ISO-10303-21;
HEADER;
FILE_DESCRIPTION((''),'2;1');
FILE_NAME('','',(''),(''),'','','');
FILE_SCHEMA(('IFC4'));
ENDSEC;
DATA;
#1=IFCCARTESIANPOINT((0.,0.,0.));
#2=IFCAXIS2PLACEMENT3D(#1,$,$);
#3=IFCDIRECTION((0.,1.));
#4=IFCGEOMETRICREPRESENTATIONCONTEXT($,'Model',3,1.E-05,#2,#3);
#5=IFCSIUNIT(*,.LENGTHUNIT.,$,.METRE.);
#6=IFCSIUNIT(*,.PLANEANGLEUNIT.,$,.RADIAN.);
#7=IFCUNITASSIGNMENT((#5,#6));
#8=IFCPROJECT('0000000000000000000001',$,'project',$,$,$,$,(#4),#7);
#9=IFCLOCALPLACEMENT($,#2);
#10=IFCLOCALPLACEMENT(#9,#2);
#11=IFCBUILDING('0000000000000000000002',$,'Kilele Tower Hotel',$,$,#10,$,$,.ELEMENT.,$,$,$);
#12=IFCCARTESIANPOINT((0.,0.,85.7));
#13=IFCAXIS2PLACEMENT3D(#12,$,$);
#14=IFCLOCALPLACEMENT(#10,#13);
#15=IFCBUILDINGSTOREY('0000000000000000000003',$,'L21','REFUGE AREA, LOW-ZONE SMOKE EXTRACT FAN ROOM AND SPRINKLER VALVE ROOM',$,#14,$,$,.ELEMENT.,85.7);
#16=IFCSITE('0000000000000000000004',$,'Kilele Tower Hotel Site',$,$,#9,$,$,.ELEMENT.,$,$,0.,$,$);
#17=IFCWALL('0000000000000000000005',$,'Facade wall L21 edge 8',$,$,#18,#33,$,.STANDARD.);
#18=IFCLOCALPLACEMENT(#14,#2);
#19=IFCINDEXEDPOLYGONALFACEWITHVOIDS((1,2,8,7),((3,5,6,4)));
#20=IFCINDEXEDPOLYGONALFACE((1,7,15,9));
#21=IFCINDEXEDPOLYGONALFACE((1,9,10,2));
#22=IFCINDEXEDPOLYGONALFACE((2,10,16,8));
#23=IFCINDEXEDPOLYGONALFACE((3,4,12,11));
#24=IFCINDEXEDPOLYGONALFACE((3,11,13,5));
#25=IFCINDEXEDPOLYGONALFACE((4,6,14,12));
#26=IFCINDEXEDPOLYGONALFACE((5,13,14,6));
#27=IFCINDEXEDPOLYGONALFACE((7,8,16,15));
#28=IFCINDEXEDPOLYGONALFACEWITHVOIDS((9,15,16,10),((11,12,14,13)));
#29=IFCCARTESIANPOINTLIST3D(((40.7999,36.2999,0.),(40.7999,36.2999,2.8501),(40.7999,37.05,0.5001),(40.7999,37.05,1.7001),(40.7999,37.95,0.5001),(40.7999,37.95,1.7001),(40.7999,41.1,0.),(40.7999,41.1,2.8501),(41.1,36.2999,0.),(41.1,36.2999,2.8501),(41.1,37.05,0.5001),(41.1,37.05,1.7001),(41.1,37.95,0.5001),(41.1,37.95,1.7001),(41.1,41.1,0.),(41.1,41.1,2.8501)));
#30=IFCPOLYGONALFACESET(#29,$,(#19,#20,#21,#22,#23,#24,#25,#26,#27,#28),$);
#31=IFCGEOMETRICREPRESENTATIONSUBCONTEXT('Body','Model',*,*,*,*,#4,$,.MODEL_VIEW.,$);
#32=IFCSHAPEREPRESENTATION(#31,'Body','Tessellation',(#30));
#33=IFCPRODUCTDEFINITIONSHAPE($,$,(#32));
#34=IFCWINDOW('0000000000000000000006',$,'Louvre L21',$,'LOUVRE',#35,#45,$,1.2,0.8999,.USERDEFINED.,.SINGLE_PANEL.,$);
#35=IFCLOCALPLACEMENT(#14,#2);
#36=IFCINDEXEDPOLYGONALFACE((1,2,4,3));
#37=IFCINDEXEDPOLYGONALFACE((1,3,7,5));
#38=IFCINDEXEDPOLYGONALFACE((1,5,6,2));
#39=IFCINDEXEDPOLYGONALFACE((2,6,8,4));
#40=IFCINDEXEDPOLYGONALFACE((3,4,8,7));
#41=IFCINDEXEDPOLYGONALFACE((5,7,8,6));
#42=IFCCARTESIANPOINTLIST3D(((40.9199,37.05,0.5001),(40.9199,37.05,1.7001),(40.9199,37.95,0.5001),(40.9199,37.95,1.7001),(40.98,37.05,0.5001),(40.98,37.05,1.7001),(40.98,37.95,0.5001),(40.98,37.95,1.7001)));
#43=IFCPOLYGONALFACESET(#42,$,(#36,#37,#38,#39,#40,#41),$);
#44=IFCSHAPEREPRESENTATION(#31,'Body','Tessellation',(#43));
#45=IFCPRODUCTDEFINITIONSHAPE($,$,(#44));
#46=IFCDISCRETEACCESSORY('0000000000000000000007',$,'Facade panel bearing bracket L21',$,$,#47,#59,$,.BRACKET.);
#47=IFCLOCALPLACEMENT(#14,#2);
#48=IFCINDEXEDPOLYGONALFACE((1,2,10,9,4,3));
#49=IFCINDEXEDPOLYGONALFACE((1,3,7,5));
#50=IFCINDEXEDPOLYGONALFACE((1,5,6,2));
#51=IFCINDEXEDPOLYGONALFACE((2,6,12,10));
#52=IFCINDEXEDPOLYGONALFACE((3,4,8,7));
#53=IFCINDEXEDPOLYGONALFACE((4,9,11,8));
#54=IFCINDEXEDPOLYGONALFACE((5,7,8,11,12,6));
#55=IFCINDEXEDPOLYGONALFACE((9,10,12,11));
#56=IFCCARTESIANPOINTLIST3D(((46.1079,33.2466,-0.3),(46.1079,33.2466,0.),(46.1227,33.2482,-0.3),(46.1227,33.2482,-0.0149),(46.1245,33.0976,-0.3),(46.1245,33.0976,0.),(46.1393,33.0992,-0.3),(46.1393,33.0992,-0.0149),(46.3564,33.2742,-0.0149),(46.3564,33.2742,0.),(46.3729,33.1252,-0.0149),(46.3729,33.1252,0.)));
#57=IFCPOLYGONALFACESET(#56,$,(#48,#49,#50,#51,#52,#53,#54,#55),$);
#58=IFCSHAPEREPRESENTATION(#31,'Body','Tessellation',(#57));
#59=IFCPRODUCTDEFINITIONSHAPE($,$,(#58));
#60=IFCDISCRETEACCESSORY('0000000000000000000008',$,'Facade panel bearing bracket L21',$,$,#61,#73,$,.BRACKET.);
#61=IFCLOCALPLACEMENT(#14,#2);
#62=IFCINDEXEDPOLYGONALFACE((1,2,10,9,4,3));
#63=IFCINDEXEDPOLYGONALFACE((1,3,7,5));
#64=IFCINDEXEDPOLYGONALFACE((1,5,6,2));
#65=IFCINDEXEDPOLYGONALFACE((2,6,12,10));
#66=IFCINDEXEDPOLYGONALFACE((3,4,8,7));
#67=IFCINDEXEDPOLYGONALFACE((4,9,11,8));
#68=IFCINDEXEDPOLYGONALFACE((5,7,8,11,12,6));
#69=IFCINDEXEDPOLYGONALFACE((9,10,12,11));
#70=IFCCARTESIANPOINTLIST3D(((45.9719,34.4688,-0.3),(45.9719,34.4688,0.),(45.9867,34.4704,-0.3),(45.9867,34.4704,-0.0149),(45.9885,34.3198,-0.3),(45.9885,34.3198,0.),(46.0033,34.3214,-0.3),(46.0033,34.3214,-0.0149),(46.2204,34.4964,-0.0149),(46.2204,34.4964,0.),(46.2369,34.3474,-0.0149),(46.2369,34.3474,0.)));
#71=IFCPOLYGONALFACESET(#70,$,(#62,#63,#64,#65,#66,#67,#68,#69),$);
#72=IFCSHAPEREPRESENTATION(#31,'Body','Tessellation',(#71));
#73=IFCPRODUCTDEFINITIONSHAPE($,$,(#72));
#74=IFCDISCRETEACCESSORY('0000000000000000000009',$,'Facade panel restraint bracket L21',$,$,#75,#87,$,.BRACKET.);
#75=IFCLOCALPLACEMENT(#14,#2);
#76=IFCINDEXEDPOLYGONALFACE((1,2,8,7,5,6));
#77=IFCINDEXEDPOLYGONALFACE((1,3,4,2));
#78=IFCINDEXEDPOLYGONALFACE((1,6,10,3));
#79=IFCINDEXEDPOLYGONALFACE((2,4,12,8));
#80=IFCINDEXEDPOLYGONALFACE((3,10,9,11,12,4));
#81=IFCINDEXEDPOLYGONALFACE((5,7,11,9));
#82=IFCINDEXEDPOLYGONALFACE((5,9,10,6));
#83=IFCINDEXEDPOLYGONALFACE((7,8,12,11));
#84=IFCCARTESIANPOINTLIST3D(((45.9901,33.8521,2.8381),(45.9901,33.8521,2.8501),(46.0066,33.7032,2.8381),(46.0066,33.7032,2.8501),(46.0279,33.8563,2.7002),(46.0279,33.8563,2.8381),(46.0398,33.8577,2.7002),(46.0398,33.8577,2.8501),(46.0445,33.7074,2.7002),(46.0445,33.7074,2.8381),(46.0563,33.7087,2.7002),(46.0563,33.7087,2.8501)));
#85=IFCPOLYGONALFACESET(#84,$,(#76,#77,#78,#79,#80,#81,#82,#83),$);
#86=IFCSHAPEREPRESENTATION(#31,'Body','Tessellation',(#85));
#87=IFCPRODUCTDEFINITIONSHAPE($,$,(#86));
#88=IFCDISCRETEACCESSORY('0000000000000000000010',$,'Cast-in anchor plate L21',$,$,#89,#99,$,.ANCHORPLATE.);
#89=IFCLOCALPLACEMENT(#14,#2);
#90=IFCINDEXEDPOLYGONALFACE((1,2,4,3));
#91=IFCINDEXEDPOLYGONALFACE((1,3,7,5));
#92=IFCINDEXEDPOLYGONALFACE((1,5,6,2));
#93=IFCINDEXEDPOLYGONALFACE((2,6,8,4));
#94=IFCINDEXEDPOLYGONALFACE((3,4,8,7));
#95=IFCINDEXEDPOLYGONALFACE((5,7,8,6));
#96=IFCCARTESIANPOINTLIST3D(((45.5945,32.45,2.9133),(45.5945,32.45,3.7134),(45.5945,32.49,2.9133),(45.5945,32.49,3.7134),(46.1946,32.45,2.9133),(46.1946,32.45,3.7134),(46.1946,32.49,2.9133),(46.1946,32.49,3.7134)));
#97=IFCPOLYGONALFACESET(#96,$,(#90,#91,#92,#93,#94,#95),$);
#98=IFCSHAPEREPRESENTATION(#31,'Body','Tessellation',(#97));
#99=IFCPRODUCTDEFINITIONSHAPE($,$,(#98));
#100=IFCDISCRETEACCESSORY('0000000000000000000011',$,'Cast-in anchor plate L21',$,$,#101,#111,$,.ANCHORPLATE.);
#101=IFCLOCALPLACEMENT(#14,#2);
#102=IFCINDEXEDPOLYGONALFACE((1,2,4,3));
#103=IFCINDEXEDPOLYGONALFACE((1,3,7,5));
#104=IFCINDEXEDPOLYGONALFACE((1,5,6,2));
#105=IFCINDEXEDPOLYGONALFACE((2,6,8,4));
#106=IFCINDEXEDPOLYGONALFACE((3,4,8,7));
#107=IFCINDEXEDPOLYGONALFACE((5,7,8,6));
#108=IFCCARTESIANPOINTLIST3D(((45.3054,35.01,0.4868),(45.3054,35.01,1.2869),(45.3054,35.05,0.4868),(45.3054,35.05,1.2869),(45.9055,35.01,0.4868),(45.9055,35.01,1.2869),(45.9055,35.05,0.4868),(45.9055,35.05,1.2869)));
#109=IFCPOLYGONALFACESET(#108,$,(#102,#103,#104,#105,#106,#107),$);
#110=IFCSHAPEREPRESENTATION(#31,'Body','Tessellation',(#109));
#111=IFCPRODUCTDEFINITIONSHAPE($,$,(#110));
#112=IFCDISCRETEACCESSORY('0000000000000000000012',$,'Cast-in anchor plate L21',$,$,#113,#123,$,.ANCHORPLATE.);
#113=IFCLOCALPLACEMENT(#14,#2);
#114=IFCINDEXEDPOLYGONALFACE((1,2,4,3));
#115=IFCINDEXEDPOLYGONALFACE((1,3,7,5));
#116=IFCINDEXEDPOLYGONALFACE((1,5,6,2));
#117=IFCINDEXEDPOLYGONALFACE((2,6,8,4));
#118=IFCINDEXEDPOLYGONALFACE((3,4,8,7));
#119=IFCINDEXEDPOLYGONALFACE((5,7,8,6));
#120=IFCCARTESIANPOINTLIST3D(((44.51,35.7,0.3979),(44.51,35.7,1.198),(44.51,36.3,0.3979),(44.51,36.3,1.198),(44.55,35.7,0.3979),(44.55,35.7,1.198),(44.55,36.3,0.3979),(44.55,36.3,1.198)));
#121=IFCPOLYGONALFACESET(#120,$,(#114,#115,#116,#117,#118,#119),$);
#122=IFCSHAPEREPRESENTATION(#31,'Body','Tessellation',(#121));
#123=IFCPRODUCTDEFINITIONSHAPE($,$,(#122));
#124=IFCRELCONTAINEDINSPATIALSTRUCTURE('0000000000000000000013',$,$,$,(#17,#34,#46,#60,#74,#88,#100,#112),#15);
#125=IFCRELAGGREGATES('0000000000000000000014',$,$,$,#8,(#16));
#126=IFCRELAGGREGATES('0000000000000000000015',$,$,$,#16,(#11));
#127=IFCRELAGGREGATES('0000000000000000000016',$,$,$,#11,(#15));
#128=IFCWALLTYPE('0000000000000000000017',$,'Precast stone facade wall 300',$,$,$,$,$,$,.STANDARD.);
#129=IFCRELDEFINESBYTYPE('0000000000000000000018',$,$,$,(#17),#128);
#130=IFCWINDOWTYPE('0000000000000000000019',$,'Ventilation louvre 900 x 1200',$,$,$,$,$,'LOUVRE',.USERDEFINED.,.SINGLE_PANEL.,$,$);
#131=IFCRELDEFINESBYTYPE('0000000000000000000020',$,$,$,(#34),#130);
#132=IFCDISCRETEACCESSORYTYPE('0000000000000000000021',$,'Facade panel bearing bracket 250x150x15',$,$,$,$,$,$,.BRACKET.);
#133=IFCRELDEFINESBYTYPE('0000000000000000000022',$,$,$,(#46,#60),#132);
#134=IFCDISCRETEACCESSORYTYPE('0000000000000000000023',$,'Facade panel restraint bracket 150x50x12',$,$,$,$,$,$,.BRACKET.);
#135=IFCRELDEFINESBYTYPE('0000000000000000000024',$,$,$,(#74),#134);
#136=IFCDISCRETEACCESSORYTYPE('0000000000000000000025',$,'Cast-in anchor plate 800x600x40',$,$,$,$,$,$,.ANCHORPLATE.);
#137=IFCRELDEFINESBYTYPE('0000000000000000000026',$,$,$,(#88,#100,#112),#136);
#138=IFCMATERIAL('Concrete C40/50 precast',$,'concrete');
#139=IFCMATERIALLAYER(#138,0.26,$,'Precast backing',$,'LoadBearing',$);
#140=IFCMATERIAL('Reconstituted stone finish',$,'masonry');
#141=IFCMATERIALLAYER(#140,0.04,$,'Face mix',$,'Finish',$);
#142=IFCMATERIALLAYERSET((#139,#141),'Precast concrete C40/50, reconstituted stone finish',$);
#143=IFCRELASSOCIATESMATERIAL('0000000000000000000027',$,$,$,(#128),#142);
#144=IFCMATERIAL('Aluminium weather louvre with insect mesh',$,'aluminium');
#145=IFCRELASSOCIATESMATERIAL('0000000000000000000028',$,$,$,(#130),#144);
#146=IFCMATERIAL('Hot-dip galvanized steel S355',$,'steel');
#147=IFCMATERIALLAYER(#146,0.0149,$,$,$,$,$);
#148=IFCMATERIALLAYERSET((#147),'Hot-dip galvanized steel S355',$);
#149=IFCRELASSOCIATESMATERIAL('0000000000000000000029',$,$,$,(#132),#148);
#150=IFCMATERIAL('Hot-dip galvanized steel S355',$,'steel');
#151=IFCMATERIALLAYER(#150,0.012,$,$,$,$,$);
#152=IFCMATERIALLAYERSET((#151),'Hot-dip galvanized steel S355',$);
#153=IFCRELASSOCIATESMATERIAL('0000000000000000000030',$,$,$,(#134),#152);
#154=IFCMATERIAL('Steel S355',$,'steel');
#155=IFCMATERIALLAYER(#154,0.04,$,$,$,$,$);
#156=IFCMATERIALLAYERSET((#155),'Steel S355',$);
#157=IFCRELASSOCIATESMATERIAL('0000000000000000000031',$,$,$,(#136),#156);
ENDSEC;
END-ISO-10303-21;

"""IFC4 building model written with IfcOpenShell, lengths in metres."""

from ifc_helpers import new_model, si_unit, direction, frame, frame_2d, origin, place, context, subcontext, project, spatial, polyline, rectangle, outline, extrude, source, transform, mapped, material, layer, layer_set, type_object, element, fill, save


model = new_model("IFC4")

# Units and contexts
model_context = context("Model", 3, precision=1e-05, world=origin(), true_north=direction((0.0, 1.0)))
body_context = subcontext(model_context, "Body", "Model", "MODEL_VIEW")
ifc_project = project(units=[si_unit("LENGTHUNIT", "METRE"), si_unit("PLANEANGLEUNIT", "RADIAN")], contexts=[model_context])

# Site, building, storey
site_placement = place(None, origin())
site = spatial("IfcSite", under=ifc_project, at=site_placement, Name="Kilele Tower Hotel Site", CompositionType="ELEMENT", RefElevation=0.0)
building_placement = place(site_placement, origin())
building = spatial("IfcBuilding", under=site, at=building_placement, Name="Kilele Tower Hotel", CompositionType="ELEMENT")
storey_placement = place(building_placement, frame((0.0, 0.0, 85.7)))
storey = spatial("IfcBuildingStorey", under=building, at=storey_placement, Name="L21", Description="REFUGE AREA, LOW-ZONE SMOKE EXTRACT FAN ROOM AND SPRINKLER VALVE ROOM", CompositionType="ELEMENT", Elevation=85.7)

# Wall, opening, window
ifc_material_1 = material(Name="Concrete C40/50 precast", Category="concrete")
ifc_layer_1 = layer(ifc_material_1, 0.26, Name="Precast backing", Category="LoadBearing")
ifc_material_2 = material(Name="Reconstituted stone finish", Category="masonry")
ifc_layer_2 = layer(ifc_material_2, 0.04, Name="Face mix", Category="Finish")
ifc_layer_set_1 = layer_set([ifc_layer_1, ifc_layer_2], Name="Precast concrete C40/50, reconstituted stone finish")
wall_type = type_object("IfcWallType", Name="Precast stone facade wall 300", PredefinedType="STANDARD", material=ifc_layer_set_1)
wall_placement = place(storey_placement, frame((40.95, 36.3, 0.0), z_axis=(0.0, 0.0, 1.0), x_axis=(0.0, 1.0, 0.0)))
wall = element("IfcWall", 1, at=wall_placement, inside=storey, type_object=wall_type, Name="Facade wall L21 edge 8", PredefinedType="STANDARD", context=body_context, shape_type="SweptSolid", body=[
    extrude(rectangle(XDim=4.8, YDim=0.3, at=frame_2d((2.3999, 0.0))), origin(), (0.0, 0.0, 1.0), 2.8501),
])
opening_placement = place(wall_placement, frame((0.75, 0.0, 0.5)))
opening = element("IfcOpeningElement", 2, at=opening_placement, cuts=wall, PredefinedType="OPENING", context=body_context, shape_type="SweptSolid", body=[
    extrude(rectangle(XDim=0.8999, YDim=1.2, at=frame_2d((0.45, 0.6001))), frame((0.0, 0.1599, 0.0), z_axis=(0.0, -1.0, 0.0), x_axis=(1.0, 0.0, 0.0)), (0.0, 0.0, 1.0), 0.3201),
])
ifc_material_3 = material(Name="Aluminium weather louvre with insect mesh", Category="aluminium")
window_type = type_object("IfcWindowType", Name="Ventilation louvre 900 x 1200", ElementType="LOUVRE", PartitioningType="SINGLE_PANEL", PredefinedType="USERDEFINED", material=ifc_material_3)
window_placement = place(opening_placement, origin())
window = element("IfcWindow", 3, at=window_placement, inside=storey, type_object=window_type, Name="Louvre L21", ObjectType="LOUVRE", OverallHeight=1.2, OverallWidth=0.8999, PartitioningType="SINGLE_PANEL", PredefinedType="USERDEFINED", context=body_context, shape_type="SweptSolid", body=[
    extrude(rectangle(XDim=0.8999, YDim=1.2, at=frame_2d((0.45, 0.6001))), frame((0.0, 0.03, 0.0), z_axis=(0.0, -1.0, 0.0), x_axis=(1.0, 0.0, 0.0)), (0.0, 0.0, 1.0), 0.0601),
])
fill(opening, window)

# Discrete accessories
ifc_material_4 = material(Name="Hot-dip galvanized steel S355", Category="steel")
ifc_layer_3 = layer(ifc_material_4, 0.0149)
ifc_layer_set_2 = layer_set([ifc_layer_3], Name="Hot-dip galvanized steel S355")
discrete_accessory_type_1 = type_object("IfcDiscreteAccessoryType", Name="Facade panel bearing bracket 250x150x15", PredefinedType="BRACKET", material=ifc_layer_set_2)
shared_shape_1 = source(origin(), body_context, "Body", "SweptSolid", [
    extrude(outline(polyline([(0.0, 0.0), (0.25, 0.0), (0.25, -0.0149), (0.0149, -0.0149), (0.0149, -0.3), (0.0, -0.3), (0.0, 0.0)])), origin(), (0.0, 0.0, 1.0), 0.1499),
])
for number, where, z_axis, x_axis, name in (
    (4, (46.1079, 33.2466, 0.0), (0.110432, -0.993884, 0.0), (0.993884, 0.110432, 0.0), "Facade panel bearing bracket L21"),
    (5, (45.9719, 34.4688, 0.0), (0.110432, -0.993884, 0.0), (0.993884, 0.110432, 0.0), "Facade panel bearing bracket L21"),
):
    element("IfcDiscreteAccessory", number, at=place(storey_placement, frame(where, z_axis=z_axis, x_axis=x_axis)), inside=storey, type_object=discrete_accessory_type_1, Name=name, PredefinedType="BRACKET", context=body_context, shape_type="MappedRepresentation", body=[
        mapped(shared_shape_1, transform((0.0, 0.0, 0.0))),
    ])
ifc_material_5 = material(Name="Hot-dip galvanized steel S355", Category="steel")
ifc_layer_4 = layer(ifc_material_5, 0.012)
ifc_layer_set_3 = layer_set([ifc_layer_4], Name="Hot-dip galvanized steel S355")
discrete_accessory_type_2 = type_object("IfcDiscreteAccessoryType", Name="Facade panel restraint bracket 150x50x12", PredefinedType="BRACKET", material=ifc_layer_set_3)
shared_shape_2 = source(origin(), body_context, "Body", "SweptSolid", [
    extrude(outline(polyline([(0.0, 0.0), (0.0, -0.1499), (-0.012, -0.1499), (-0.012, -0.012), (-0.05, -0.012), (-0.05, 0.0), (0.0, 0.0)])), origin(), (0.0, 0.0, 1.0), 0.1499),
])
discrete_accessory_placement = place(storey_placement, frame((46.0398, 33.8577, 2.8501), z_axis=(0.110432, -0.993884, 0.0), x_axis=(0.993884, 0.110432, 0.0)))
element("IfcDiscreteAccessory", 6, at=discrete_accessory_placement, inside=storey, type_object=discrete_accessory_type_2, Name="Facade panel restraint bracket L21", PredefinedType="BRACKET", context=body_context, shape_type="MappedRepresentation", body=[
    mapped(shared_shape_2, transform((0.0, 0.0, 0.0))),
])
ifc_material_6 = material(Name="Steel S355", Category="steel")
ifc_layer_5 = layer(ifc_material_6, 0.04)
ifc_layer_set_4 = layer_set([ifc_layer_5], Name="Steel S355")
discrete_accessory_type_3 = type_object("IfcDiscreteAccessoryType", Name="Cast-in anchor plate 800x600x40", PredefinedType="ANCHORPLATE", material=ifc_layer_set_4)
shared_shape_3 = source(origin(), body_context, "Body", "SweptSolid", [
    extrude(outline(polyline([(0.0, 0.0), (0.04, 0.0), (0.04, 0.8), (0.0, 0.8), (0.0, 0.0)])), origin(), (0.0, 0.0, 1.0), 0.6001),
])
for number, where, z_axis, x_axis, name in (
    (7, (45.5945, 32.45, 2.9133), (1.0, 0.0, 0.0), (0.0, 1.0, 0.0), "Cast-in anchor plate L21"),
    (8, (45.9055, 35.05, 0.4868), (-1.0, 0.0, 0.0), (0.0, -1.0, 0.0), "Cast-in anchor plate L21"),
    (9, (44.55, 35.7, 0.3979), (0.0, 1.0, 0.0), (-1.0, 0.0, 0.0), "Cast-in anchor plate L21"),
):
    element("IfcDiscreteAccessory", number, at=place(storey_placement, frame(where, z_axis=z_axis, x_axis=x_axis)), inside=storey, type_object=discrete_accessory_type_3, Name=name, PredefinedType="ANCHORPLATE", context=body_context, shape_type="MappedRepresentation", body=[
        mapped(shared_shape_3, transform((0.0, 0.0, 0.0))),
    ])

save(model, "model.ifc")
